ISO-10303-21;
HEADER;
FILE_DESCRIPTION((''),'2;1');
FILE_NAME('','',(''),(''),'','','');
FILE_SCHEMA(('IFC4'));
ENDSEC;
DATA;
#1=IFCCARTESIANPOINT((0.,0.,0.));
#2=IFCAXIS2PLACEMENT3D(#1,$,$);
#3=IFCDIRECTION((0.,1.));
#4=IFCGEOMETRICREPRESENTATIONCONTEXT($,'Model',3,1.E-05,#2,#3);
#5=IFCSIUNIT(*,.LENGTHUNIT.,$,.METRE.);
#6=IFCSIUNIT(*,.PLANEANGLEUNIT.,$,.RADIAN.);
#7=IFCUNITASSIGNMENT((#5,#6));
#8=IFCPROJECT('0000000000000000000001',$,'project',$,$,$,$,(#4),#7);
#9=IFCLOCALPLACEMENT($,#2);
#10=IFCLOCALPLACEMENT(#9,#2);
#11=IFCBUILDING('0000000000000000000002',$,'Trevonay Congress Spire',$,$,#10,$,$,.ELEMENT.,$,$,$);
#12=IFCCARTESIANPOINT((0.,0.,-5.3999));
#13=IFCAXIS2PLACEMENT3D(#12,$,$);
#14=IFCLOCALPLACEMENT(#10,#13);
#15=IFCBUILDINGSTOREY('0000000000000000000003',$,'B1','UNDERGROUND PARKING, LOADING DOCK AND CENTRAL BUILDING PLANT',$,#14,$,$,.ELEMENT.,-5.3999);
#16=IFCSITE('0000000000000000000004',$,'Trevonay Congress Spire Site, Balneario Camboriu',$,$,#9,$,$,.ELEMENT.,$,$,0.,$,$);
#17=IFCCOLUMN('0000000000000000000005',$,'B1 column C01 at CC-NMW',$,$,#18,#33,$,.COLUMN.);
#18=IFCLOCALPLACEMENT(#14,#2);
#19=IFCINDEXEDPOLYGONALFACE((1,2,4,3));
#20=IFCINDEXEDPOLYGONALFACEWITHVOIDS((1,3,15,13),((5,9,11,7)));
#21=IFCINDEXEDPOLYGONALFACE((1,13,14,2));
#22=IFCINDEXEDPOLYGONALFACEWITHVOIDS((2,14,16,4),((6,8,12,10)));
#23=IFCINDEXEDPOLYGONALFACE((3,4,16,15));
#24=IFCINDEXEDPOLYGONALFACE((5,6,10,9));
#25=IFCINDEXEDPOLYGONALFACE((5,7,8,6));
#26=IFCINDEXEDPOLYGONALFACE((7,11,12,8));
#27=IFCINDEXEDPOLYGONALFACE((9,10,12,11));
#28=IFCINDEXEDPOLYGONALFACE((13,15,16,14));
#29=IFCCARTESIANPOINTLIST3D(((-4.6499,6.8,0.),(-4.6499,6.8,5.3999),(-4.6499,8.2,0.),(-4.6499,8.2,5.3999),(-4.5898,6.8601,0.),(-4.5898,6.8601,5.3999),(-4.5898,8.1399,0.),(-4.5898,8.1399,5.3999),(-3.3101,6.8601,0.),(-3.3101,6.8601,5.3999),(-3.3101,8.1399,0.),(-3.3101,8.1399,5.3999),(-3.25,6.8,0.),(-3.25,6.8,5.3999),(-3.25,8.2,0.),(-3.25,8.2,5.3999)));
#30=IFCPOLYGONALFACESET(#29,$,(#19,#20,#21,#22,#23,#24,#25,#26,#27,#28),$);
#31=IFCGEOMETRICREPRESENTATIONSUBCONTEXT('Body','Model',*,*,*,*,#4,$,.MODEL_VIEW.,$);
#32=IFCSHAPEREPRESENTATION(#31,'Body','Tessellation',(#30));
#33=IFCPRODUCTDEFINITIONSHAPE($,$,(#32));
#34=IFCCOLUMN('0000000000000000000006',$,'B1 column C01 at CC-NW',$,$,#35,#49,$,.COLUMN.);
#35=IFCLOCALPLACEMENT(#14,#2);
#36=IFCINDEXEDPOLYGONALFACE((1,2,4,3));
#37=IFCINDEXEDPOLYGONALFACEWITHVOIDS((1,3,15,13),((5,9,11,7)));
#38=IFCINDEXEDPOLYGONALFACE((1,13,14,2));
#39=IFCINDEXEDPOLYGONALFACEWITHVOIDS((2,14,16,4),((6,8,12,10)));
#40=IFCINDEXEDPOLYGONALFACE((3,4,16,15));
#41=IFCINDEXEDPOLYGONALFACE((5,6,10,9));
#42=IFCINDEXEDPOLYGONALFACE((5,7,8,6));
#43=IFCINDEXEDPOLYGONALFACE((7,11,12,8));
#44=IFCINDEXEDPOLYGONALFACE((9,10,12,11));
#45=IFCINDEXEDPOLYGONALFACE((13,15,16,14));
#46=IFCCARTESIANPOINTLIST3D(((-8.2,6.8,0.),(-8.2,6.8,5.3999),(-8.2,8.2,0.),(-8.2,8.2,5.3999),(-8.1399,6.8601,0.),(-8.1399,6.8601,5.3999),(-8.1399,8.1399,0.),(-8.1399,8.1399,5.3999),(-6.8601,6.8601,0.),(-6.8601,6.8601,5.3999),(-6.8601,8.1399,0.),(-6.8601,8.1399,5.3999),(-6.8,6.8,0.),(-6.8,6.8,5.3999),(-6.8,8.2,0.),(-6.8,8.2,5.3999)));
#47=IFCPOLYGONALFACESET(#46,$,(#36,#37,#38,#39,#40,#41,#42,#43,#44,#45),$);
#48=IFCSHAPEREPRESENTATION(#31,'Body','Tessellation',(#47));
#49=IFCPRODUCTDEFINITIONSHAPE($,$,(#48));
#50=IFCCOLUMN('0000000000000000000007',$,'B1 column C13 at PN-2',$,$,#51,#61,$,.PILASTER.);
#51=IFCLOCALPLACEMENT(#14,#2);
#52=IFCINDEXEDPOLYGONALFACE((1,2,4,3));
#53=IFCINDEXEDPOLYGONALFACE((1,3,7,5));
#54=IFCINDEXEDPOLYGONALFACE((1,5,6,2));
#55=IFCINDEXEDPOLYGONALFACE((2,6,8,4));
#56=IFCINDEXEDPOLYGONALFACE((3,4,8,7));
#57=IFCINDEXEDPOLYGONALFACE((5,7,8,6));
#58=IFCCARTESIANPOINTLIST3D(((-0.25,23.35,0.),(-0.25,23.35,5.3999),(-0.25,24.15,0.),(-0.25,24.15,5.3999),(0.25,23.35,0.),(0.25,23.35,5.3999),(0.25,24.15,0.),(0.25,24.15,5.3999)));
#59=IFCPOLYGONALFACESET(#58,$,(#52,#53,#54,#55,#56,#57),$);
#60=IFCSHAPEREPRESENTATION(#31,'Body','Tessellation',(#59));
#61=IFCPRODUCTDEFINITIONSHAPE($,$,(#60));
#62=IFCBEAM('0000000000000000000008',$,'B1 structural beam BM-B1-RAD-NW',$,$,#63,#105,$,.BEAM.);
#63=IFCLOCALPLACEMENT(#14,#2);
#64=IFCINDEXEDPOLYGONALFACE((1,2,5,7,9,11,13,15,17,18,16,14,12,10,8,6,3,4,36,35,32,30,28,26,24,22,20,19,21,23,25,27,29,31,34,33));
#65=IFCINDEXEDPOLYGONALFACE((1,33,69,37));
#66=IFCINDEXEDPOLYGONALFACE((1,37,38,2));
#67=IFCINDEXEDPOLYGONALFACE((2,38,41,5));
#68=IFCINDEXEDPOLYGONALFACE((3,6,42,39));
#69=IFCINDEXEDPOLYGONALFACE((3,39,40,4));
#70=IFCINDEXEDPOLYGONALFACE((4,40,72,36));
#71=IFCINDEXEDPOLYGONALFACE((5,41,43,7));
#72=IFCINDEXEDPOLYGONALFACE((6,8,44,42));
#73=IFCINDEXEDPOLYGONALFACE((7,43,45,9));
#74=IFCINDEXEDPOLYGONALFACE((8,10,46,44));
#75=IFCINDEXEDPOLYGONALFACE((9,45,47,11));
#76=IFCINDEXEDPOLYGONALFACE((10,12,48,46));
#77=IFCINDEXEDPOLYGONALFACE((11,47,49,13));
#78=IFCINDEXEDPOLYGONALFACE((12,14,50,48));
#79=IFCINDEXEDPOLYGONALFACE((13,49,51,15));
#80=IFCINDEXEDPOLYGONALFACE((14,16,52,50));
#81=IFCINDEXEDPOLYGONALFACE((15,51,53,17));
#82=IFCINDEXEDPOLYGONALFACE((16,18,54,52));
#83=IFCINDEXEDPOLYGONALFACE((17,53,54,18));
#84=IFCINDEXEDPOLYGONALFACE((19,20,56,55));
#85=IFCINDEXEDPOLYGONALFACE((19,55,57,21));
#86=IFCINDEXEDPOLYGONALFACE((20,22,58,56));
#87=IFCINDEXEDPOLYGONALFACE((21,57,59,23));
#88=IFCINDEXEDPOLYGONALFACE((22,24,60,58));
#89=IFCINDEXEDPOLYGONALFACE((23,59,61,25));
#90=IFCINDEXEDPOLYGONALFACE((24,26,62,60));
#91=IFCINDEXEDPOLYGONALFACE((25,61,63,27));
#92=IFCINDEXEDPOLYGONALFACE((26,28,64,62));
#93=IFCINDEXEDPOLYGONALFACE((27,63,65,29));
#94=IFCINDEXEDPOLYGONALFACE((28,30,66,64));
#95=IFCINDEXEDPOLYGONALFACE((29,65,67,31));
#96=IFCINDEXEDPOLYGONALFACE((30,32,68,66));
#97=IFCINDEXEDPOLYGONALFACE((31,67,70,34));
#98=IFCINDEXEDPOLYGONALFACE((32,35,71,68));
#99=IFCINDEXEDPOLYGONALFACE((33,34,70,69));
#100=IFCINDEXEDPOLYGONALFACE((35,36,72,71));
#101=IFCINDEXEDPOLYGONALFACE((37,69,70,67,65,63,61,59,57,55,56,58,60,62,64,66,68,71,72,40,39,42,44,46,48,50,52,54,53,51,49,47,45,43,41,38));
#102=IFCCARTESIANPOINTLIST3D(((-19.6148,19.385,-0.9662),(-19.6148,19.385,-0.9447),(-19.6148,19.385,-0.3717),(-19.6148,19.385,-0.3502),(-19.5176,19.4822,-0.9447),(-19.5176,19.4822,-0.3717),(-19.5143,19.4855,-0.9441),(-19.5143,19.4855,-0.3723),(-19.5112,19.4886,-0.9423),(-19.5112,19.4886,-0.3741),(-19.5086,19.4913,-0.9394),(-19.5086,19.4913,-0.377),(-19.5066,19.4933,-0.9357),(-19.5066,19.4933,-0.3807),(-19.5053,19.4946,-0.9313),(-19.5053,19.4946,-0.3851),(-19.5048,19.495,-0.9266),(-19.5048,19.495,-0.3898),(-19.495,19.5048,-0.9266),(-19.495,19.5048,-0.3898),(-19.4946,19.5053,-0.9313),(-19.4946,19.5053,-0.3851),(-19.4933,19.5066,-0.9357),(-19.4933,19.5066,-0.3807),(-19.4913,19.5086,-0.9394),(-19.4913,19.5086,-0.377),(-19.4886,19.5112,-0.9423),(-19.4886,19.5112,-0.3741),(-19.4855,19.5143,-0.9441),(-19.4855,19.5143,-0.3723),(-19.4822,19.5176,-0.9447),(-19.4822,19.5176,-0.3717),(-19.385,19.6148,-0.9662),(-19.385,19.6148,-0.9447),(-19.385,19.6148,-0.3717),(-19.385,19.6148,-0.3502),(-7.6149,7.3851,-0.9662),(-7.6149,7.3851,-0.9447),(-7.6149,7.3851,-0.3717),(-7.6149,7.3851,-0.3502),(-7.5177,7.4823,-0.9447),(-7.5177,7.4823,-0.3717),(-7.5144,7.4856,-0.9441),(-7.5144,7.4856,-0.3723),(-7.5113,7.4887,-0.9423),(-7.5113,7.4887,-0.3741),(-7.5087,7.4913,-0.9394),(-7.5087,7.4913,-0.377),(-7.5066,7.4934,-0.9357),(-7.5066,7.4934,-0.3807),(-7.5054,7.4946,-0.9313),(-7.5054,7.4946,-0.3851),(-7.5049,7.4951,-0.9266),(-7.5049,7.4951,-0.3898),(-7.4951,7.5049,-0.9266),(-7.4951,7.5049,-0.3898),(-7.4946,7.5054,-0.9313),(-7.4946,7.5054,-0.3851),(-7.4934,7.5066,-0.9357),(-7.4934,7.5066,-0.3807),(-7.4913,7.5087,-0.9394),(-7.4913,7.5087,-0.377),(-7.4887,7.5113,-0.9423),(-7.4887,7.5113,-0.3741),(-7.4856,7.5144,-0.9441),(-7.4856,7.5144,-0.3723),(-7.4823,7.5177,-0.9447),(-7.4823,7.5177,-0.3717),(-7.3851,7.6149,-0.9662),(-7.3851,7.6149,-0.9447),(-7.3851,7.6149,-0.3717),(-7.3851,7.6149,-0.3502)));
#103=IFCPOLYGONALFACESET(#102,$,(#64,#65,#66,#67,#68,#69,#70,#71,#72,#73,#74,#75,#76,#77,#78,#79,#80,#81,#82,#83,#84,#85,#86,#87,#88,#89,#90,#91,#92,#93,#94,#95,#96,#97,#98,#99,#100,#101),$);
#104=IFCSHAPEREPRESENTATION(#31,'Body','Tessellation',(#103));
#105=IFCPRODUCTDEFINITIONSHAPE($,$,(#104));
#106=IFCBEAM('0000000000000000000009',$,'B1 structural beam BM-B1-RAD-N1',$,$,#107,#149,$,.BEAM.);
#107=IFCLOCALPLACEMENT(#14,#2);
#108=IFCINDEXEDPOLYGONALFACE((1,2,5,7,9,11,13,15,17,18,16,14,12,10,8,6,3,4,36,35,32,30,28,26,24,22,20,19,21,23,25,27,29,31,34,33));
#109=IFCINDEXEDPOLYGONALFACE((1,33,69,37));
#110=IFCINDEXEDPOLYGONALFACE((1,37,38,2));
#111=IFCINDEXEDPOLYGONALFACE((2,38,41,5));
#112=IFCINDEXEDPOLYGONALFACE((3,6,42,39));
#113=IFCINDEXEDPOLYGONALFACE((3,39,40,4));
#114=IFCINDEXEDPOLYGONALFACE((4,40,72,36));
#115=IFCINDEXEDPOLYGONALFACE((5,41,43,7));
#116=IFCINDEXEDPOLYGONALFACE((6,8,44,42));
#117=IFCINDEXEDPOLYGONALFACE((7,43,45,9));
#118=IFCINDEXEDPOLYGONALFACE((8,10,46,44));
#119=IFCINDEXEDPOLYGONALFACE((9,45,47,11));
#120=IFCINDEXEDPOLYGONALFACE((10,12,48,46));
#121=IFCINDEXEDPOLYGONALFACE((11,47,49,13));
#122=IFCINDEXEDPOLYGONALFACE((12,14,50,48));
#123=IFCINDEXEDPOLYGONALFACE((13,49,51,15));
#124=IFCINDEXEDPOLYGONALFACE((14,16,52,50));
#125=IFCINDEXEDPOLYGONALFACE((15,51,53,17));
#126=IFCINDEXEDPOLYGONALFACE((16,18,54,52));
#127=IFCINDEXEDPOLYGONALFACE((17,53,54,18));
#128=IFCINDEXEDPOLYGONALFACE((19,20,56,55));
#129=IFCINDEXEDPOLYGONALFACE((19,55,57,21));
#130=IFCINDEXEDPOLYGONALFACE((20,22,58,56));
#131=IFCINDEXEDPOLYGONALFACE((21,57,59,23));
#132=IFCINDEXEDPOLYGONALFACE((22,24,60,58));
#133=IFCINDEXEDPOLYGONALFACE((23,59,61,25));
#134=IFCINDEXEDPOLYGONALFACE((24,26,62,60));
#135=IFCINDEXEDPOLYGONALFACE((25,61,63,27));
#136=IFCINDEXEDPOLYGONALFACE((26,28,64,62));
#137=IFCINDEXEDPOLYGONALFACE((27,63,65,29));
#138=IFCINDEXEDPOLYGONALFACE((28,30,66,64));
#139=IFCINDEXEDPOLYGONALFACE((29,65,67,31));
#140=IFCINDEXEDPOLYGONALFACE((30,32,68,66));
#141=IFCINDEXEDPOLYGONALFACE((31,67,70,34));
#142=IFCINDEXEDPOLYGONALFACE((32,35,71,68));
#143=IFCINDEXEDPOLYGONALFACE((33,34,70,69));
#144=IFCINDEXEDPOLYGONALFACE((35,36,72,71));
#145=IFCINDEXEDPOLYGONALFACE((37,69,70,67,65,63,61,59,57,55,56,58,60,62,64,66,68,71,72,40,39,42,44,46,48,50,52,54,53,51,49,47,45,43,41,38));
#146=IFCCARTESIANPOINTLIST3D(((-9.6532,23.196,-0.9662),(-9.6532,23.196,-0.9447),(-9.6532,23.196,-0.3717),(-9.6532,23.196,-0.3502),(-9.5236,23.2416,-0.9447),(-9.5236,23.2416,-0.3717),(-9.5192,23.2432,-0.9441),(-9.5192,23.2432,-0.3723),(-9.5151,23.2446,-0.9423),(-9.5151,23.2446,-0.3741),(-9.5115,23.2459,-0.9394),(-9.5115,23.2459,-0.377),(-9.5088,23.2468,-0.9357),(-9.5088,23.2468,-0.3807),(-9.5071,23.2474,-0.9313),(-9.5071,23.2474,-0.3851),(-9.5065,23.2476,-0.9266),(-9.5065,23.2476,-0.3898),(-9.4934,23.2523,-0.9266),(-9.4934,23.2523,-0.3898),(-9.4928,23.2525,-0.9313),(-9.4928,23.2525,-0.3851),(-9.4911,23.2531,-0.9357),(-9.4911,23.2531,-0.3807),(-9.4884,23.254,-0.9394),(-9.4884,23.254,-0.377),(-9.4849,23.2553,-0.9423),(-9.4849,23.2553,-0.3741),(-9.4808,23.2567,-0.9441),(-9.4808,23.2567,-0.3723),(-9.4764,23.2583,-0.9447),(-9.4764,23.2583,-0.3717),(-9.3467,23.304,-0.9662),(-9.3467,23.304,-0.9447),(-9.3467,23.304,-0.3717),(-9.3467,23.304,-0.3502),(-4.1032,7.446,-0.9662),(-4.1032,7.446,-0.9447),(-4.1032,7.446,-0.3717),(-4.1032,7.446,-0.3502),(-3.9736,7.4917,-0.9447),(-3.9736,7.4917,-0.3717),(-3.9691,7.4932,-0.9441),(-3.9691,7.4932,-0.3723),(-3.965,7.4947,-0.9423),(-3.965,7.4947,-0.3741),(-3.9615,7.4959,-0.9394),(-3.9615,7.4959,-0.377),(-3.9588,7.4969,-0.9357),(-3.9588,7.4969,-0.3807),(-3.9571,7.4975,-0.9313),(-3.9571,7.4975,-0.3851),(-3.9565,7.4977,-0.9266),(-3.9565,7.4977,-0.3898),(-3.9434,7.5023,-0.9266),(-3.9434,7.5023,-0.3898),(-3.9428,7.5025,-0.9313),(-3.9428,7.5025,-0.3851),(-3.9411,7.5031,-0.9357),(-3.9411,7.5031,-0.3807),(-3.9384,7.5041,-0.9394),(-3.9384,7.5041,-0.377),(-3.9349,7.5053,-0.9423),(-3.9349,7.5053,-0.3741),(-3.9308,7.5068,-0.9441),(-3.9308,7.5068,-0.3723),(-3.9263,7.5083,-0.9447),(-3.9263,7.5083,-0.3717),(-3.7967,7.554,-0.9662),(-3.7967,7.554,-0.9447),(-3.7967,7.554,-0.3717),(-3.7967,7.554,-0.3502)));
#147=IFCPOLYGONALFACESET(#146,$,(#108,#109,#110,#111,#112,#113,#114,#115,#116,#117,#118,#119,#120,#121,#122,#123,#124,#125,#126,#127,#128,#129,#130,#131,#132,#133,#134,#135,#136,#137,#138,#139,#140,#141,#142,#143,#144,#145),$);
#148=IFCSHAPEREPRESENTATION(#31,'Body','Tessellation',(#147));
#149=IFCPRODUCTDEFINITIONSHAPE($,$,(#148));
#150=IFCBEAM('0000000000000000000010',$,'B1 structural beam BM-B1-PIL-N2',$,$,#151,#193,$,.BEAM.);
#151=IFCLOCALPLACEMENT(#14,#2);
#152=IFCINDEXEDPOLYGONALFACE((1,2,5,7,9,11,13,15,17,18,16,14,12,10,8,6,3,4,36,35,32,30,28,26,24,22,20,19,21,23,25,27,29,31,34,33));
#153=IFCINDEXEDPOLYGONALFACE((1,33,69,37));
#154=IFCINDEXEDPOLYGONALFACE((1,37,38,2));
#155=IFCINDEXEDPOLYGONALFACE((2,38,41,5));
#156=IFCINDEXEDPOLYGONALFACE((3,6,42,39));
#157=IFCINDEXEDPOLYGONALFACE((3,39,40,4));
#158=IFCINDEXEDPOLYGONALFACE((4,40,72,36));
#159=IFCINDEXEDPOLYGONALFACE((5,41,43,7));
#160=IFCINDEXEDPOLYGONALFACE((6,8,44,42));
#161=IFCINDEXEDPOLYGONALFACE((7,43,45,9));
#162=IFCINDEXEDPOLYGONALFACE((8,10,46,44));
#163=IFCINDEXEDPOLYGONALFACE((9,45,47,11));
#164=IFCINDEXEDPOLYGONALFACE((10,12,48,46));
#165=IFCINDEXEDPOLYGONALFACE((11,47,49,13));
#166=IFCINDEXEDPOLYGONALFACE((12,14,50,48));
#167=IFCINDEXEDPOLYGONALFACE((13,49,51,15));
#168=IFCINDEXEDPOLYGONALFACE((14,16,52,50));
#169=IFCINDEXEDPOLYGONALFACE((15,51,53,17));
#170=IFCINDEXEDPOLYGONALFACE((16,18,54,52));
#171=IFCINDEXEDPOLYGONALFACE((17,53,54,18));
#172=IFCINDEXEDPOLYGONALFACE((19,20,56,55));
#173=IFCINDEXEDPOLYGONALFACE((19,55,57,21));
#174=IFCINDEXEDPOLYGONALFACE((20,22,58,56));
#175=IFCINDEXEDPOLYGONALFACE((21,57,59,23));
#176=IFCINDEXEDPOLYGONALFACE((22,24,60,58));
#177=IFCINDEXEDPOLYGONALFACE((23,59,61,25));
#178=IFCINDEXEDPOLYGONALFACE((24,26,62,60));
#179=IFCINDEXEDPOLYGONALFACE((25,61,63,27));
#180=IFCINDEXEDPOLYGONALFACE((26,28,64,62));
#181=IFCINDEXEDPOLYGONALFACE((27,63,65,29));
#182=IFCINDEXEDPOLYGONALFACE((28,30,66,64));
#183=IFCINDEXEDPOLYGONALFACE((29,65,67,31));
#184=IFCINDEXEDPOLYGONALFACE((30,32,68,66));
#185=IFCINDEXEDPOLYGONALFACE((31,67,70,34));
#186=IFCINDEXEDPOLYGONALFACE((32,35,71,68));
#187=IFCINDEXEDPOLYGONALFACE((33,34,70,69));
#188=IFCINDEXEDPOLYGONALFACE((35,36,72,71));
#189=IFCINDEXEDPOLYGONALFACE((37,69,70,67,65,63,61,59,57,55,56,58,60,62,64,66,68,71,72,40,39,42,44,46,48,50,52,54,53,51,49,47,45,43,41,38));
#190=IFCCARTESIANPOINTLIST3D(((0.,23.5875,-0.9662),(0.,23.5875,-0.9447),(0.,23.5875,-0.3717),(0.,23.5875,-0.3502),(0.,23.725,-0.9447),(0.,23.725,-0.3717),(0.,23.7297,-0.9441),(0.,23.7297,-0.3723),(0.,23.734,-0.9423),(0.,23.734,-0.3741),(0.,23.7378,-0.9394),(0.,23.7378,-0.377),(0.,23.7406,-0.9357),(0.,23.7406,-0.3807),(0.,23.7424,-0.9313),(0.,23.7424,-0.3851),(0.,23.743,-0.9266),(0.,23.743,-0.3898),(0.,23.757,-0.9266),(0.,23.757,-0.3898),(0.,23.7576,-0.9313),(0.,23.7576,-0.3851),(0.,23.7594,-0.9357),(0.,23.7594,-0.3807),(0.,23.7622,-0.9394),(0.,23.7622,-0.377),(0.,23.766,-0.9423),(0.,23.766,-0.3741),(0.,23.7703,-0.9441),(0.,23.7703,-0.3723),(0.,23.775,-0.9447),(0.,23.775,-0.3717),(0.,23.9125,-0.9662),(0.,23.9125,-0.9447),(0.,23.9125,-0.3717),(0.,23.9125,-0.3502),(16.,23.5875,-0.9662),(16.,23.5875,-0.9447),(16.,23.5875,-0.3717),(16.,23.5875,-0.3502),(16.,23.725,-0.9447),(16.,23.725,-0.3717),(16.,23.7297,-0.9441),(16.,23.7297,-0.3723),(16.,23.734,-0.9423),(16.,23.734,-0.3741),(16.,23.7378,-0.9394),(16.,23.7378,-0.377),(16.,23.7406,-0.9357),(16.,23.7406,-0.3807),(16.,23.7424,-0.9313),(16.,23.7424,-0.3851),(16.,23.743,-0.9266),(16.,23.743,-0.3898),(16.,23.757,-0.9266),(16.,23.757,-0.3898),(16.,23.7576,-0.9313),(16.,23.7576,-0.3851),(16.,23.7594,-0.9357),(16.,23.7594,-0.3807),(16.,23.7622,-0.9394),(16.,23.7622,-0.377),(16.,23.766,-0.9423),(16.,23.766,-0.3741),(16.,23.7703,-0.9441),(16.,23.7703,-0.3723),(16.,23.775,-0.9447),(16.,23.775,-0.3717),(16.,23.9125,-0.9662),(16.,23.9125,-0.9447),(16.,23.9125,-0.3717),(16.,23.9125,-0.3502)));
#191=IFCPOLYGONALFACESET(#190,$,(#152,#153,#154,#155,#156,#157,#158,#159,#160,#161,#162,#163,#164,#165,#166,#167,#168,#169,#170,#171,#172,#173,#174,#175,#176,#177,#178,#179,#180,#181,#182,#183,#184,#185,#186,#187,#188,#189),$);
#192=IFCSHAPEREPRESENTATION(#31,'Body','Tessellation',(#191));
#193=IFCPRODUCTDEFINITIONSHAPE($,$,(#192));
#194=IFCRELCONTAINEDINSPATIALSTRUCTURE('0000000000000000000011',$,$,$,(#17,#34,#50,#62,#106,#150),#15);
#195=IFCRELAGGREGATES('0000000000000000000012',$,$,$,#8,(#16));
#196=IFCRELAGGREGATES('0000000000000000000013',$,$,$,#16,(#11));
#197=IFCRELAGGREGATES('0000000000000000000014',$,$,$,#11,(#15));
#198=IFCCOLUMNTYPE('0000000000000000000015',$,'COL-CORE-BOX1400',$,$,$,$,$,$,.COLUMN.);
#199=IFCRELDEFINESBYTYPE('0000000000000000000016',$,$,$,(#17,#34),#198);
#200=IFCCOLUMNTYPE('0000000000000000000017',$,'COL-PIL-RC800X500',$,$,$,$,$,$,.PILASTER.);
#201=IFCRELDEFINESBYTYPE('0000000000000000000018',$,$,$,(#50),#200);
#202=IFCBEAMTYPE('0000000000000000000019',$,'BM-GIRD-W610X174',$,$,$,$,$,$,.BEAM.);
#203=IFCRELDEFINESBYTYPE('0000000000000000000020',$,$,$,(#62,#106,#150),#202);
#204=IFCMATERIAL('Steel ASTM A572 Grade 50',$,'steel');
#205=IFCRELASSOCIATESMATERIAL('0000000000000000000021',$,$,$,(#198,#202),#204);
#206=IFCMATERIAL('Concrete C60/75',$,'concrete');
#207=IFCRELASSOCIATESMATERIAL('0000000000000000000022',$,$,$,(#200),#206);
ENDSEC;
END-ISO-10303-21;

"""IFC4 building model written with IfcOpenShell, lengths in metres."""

from ifc_helpers import new_model, si_unit, direction, frame, origin, origin_2d, place, context, subcontext, project, spatial, rectangle, hollow_rectangle, i_section, extrude, material, material_profile, profile_set, type_object, element, save


model = new_model("IFC4")

# Units and contexts
model_context = context("Model", 3, precision=1e-05, world=origin(), true_north=direction((0.0, 1.0)))
body_context = subcontext(model_context, "Body", "Model", "MODEL_VIEW")
ifc_project = project(units=[si_unit("LENGTHUNIT", "METRE"), si_unit("PLANEANGLEUNIT", "RADIAN")], contexts=[model_context])

# Site, building, storey
site_placement = place(None, origin())
site = spatial("IfcSite", under=ifc_project, at=site_placement, Name="Trevonay Congress Spire Site, Balneario Camboriu", CompositionType="ELEMENT", RefElevation=0.0)
building_placement = place(site_placement, origin())
building = spatial("IfcBuilding", under=site, at=building_placement, Name="Trevonay Congress Spire", CompositionType="ELEMENT")
storey_placement = place(building_placement, frame((0.0, 0.0, -5.3999)))
storey = spatial("IfcBuildingStorey", under=building, at=storey_placement, Name="B1", Description="UNDERGROUND PARKING, LOADING DOCK AND CENTRAL BUILDING PLANT", CompositionType="ELEMENT", Elevation=-5.3999)

# Columns
ifc_material_1 = material(Name="Steel ASTM A572 Grade 50", Category="steel")
ifc_material_profile_1 = material_profile(ifc_material_1, hollow_rectangle(XDim=1.3999, YDim=1.3999, WallThickness=0.0601, at=origin_2d()), Name="BOX 1400x1400x60")
ifc_profile_set_1 = profile_set([ifc_material_profile_1], Name="Steel ASTM A572 Grade 50")
column_type_1 = type_object("IfcColumnType", Name="COL-CORE-BOX1400", PredefinedType="COLUMN", material=ifc_profile_set_1)
for number, where, z_axis, x_axis, name in (
    (1, (-3.95, 7.5, 0.0), (0.0, 0.0, 1.0), (1.0, 0.0, 0.0), "B1 column C01 at CC-NMW"),
    (2, (-7.5, 7.5, 0.0), (0.0, 0.0, 1.0), (1.0, 0.0, 0.0), "B1 column C01 at CC-NW"),
):
    element("IfcColumn", number, at=place(storey_placement, frame(where, z_axis=z_axis, x_axis=x_axis)), inside=storey, type_object=column_type_1, Name=name, PredefinedType="COLUMN", context=body_context, shape_type="SweptSolid", body=[
        extrude(hollow_rectangle(XDim=1.3999, YDim=1.3999, WallThickness=0.0601, at=origin_2d()), origin(), (0.0, 0.0, 1.0), 5.3999),
    ])
ifc_material_2 = material(Name="Concrete C60/75", Category="concrete")
ifc_material_profile_2 = material_profile(ifc_material_2, rectangle(XDim=0.5, YDim=0.8, at=origin_2d()), Name="RC 800x500")
ifc_profile_set_2 = profile_set([ifc_material_profile_2], Name="Concrete C60/75")
column_type_2 = type_object("IfcColumnType", Name="COL-PIL-RC800X500", PredefinedType="PILASTER", material=ifc_profile_set_2)
column_placement = place(storey_placement, frame((0.0, 23.75, 0.0), z_axis=(0.0, 0.0, 1.0), x_axis=(1.0, 0.0, 0.0)))
element("IfcColumn", 3, at=column_placement, inside=storey, type_object=column_type_2, Name="B1 column C13 at PN-2", PredefinedType="PILASTER", context=body_context, shape_type="SweptSolid", body=[
    extrude(rectangle(XDim=0.5, YDim=0.8, at=origin_2d()), origin(), (0.0, 0.0, 1.0), 5.3999),
])

# Beams
ifc_material_profile_3 = material_profile(ifc_material_1, i_section(OverallWidth=0.325, OverallDepth=0.616, WebThickness=0.0139, FlangeThickness=0.0215, FilletRadius=0.0181, at=origin_2d()), Name="W610x174")
ifc_profile_set_3 = profile_set([ifc_material_profile_3], Name="Steel ASTM A572 Grade 50")
beam_type_1 = type_object("IfcBeamType", Name="BM-GIRD-W610X174", PredefinedType="BEAM", material=ifc_profile_set_3)
beam_1_placement = place(storey_placement, frame((-7.5, 7.5, -0.6582), z_axis=(-0.707107, 0.707107, 0.0), x_axis=(-0.707107, -0.707107, 0.0)))
element("IfcBeam", 4, at=beam_1_placement, inside=storey, type_object=beam_type_1, Name="B1 structural beam BM-B1-RAD-NW", PredefinedType="BEAM", context=body_context, shape_type="SweptSolid", body=[
    extrude(i_section(OverallWidth=0.325, OverallDepth=0.616, WebThickness=0.0139, FlangeThickness=0.0215, FilletRadius=0.0181, at=origin_2d()), origin(), (0.0, 0.0, 1.0), 16.9705),
])
beam_2_placement = place(storey_placement, frame((-3.95, 7.5, -0.6582), z_axis=(-0.332353, 0.943155, 0.0), x_axis=(-0.943155, -0.332353, 0.0)))
element("IfcBeam", 5, at=beam_2_placement, inside=storey, type_object=beam_type_1, Name="B1 structural beam BM-B1-RAD-N1", PredefinedType="BEAM", context=body_context, shape_type="SweptSolid", body=[
    extrude(i_section(OverallWidth=0.325, OverallDepth=0.616, WebThickness=0.0139, FlangeThickness=0.0215, FilletRadius=0.0181, at=origin_2d()), origin(), (0.0, 0.0, 1.0), 16.6992),
])
beam_3_placement = place(storey_placement, frame((0.0, 23.75, -0.6582), z_axis=(1.0, 0.0, 0.0), x_axis=(0.0, 1.0, 0.0)))
element("IfcBeam", 6, at=beam_3_placement, inside=storey, type_object=beam_type_1, Name="B1 structural beam BM-B1-PIL-N2", PredefinedType="BEAM", context=body_context, shape_type="SweptSolid", body=[
    extrude(i_section(OverallWidth=0.325, OverallDepth=0.616, WebThickness=0.0139, FlangeThickness=0.0215, FilletRadius=0.0181, at=origin_2d()), origin(), (0.0, 0.0, 1.0), 16.0),
])

save(model, "model.ifc")
